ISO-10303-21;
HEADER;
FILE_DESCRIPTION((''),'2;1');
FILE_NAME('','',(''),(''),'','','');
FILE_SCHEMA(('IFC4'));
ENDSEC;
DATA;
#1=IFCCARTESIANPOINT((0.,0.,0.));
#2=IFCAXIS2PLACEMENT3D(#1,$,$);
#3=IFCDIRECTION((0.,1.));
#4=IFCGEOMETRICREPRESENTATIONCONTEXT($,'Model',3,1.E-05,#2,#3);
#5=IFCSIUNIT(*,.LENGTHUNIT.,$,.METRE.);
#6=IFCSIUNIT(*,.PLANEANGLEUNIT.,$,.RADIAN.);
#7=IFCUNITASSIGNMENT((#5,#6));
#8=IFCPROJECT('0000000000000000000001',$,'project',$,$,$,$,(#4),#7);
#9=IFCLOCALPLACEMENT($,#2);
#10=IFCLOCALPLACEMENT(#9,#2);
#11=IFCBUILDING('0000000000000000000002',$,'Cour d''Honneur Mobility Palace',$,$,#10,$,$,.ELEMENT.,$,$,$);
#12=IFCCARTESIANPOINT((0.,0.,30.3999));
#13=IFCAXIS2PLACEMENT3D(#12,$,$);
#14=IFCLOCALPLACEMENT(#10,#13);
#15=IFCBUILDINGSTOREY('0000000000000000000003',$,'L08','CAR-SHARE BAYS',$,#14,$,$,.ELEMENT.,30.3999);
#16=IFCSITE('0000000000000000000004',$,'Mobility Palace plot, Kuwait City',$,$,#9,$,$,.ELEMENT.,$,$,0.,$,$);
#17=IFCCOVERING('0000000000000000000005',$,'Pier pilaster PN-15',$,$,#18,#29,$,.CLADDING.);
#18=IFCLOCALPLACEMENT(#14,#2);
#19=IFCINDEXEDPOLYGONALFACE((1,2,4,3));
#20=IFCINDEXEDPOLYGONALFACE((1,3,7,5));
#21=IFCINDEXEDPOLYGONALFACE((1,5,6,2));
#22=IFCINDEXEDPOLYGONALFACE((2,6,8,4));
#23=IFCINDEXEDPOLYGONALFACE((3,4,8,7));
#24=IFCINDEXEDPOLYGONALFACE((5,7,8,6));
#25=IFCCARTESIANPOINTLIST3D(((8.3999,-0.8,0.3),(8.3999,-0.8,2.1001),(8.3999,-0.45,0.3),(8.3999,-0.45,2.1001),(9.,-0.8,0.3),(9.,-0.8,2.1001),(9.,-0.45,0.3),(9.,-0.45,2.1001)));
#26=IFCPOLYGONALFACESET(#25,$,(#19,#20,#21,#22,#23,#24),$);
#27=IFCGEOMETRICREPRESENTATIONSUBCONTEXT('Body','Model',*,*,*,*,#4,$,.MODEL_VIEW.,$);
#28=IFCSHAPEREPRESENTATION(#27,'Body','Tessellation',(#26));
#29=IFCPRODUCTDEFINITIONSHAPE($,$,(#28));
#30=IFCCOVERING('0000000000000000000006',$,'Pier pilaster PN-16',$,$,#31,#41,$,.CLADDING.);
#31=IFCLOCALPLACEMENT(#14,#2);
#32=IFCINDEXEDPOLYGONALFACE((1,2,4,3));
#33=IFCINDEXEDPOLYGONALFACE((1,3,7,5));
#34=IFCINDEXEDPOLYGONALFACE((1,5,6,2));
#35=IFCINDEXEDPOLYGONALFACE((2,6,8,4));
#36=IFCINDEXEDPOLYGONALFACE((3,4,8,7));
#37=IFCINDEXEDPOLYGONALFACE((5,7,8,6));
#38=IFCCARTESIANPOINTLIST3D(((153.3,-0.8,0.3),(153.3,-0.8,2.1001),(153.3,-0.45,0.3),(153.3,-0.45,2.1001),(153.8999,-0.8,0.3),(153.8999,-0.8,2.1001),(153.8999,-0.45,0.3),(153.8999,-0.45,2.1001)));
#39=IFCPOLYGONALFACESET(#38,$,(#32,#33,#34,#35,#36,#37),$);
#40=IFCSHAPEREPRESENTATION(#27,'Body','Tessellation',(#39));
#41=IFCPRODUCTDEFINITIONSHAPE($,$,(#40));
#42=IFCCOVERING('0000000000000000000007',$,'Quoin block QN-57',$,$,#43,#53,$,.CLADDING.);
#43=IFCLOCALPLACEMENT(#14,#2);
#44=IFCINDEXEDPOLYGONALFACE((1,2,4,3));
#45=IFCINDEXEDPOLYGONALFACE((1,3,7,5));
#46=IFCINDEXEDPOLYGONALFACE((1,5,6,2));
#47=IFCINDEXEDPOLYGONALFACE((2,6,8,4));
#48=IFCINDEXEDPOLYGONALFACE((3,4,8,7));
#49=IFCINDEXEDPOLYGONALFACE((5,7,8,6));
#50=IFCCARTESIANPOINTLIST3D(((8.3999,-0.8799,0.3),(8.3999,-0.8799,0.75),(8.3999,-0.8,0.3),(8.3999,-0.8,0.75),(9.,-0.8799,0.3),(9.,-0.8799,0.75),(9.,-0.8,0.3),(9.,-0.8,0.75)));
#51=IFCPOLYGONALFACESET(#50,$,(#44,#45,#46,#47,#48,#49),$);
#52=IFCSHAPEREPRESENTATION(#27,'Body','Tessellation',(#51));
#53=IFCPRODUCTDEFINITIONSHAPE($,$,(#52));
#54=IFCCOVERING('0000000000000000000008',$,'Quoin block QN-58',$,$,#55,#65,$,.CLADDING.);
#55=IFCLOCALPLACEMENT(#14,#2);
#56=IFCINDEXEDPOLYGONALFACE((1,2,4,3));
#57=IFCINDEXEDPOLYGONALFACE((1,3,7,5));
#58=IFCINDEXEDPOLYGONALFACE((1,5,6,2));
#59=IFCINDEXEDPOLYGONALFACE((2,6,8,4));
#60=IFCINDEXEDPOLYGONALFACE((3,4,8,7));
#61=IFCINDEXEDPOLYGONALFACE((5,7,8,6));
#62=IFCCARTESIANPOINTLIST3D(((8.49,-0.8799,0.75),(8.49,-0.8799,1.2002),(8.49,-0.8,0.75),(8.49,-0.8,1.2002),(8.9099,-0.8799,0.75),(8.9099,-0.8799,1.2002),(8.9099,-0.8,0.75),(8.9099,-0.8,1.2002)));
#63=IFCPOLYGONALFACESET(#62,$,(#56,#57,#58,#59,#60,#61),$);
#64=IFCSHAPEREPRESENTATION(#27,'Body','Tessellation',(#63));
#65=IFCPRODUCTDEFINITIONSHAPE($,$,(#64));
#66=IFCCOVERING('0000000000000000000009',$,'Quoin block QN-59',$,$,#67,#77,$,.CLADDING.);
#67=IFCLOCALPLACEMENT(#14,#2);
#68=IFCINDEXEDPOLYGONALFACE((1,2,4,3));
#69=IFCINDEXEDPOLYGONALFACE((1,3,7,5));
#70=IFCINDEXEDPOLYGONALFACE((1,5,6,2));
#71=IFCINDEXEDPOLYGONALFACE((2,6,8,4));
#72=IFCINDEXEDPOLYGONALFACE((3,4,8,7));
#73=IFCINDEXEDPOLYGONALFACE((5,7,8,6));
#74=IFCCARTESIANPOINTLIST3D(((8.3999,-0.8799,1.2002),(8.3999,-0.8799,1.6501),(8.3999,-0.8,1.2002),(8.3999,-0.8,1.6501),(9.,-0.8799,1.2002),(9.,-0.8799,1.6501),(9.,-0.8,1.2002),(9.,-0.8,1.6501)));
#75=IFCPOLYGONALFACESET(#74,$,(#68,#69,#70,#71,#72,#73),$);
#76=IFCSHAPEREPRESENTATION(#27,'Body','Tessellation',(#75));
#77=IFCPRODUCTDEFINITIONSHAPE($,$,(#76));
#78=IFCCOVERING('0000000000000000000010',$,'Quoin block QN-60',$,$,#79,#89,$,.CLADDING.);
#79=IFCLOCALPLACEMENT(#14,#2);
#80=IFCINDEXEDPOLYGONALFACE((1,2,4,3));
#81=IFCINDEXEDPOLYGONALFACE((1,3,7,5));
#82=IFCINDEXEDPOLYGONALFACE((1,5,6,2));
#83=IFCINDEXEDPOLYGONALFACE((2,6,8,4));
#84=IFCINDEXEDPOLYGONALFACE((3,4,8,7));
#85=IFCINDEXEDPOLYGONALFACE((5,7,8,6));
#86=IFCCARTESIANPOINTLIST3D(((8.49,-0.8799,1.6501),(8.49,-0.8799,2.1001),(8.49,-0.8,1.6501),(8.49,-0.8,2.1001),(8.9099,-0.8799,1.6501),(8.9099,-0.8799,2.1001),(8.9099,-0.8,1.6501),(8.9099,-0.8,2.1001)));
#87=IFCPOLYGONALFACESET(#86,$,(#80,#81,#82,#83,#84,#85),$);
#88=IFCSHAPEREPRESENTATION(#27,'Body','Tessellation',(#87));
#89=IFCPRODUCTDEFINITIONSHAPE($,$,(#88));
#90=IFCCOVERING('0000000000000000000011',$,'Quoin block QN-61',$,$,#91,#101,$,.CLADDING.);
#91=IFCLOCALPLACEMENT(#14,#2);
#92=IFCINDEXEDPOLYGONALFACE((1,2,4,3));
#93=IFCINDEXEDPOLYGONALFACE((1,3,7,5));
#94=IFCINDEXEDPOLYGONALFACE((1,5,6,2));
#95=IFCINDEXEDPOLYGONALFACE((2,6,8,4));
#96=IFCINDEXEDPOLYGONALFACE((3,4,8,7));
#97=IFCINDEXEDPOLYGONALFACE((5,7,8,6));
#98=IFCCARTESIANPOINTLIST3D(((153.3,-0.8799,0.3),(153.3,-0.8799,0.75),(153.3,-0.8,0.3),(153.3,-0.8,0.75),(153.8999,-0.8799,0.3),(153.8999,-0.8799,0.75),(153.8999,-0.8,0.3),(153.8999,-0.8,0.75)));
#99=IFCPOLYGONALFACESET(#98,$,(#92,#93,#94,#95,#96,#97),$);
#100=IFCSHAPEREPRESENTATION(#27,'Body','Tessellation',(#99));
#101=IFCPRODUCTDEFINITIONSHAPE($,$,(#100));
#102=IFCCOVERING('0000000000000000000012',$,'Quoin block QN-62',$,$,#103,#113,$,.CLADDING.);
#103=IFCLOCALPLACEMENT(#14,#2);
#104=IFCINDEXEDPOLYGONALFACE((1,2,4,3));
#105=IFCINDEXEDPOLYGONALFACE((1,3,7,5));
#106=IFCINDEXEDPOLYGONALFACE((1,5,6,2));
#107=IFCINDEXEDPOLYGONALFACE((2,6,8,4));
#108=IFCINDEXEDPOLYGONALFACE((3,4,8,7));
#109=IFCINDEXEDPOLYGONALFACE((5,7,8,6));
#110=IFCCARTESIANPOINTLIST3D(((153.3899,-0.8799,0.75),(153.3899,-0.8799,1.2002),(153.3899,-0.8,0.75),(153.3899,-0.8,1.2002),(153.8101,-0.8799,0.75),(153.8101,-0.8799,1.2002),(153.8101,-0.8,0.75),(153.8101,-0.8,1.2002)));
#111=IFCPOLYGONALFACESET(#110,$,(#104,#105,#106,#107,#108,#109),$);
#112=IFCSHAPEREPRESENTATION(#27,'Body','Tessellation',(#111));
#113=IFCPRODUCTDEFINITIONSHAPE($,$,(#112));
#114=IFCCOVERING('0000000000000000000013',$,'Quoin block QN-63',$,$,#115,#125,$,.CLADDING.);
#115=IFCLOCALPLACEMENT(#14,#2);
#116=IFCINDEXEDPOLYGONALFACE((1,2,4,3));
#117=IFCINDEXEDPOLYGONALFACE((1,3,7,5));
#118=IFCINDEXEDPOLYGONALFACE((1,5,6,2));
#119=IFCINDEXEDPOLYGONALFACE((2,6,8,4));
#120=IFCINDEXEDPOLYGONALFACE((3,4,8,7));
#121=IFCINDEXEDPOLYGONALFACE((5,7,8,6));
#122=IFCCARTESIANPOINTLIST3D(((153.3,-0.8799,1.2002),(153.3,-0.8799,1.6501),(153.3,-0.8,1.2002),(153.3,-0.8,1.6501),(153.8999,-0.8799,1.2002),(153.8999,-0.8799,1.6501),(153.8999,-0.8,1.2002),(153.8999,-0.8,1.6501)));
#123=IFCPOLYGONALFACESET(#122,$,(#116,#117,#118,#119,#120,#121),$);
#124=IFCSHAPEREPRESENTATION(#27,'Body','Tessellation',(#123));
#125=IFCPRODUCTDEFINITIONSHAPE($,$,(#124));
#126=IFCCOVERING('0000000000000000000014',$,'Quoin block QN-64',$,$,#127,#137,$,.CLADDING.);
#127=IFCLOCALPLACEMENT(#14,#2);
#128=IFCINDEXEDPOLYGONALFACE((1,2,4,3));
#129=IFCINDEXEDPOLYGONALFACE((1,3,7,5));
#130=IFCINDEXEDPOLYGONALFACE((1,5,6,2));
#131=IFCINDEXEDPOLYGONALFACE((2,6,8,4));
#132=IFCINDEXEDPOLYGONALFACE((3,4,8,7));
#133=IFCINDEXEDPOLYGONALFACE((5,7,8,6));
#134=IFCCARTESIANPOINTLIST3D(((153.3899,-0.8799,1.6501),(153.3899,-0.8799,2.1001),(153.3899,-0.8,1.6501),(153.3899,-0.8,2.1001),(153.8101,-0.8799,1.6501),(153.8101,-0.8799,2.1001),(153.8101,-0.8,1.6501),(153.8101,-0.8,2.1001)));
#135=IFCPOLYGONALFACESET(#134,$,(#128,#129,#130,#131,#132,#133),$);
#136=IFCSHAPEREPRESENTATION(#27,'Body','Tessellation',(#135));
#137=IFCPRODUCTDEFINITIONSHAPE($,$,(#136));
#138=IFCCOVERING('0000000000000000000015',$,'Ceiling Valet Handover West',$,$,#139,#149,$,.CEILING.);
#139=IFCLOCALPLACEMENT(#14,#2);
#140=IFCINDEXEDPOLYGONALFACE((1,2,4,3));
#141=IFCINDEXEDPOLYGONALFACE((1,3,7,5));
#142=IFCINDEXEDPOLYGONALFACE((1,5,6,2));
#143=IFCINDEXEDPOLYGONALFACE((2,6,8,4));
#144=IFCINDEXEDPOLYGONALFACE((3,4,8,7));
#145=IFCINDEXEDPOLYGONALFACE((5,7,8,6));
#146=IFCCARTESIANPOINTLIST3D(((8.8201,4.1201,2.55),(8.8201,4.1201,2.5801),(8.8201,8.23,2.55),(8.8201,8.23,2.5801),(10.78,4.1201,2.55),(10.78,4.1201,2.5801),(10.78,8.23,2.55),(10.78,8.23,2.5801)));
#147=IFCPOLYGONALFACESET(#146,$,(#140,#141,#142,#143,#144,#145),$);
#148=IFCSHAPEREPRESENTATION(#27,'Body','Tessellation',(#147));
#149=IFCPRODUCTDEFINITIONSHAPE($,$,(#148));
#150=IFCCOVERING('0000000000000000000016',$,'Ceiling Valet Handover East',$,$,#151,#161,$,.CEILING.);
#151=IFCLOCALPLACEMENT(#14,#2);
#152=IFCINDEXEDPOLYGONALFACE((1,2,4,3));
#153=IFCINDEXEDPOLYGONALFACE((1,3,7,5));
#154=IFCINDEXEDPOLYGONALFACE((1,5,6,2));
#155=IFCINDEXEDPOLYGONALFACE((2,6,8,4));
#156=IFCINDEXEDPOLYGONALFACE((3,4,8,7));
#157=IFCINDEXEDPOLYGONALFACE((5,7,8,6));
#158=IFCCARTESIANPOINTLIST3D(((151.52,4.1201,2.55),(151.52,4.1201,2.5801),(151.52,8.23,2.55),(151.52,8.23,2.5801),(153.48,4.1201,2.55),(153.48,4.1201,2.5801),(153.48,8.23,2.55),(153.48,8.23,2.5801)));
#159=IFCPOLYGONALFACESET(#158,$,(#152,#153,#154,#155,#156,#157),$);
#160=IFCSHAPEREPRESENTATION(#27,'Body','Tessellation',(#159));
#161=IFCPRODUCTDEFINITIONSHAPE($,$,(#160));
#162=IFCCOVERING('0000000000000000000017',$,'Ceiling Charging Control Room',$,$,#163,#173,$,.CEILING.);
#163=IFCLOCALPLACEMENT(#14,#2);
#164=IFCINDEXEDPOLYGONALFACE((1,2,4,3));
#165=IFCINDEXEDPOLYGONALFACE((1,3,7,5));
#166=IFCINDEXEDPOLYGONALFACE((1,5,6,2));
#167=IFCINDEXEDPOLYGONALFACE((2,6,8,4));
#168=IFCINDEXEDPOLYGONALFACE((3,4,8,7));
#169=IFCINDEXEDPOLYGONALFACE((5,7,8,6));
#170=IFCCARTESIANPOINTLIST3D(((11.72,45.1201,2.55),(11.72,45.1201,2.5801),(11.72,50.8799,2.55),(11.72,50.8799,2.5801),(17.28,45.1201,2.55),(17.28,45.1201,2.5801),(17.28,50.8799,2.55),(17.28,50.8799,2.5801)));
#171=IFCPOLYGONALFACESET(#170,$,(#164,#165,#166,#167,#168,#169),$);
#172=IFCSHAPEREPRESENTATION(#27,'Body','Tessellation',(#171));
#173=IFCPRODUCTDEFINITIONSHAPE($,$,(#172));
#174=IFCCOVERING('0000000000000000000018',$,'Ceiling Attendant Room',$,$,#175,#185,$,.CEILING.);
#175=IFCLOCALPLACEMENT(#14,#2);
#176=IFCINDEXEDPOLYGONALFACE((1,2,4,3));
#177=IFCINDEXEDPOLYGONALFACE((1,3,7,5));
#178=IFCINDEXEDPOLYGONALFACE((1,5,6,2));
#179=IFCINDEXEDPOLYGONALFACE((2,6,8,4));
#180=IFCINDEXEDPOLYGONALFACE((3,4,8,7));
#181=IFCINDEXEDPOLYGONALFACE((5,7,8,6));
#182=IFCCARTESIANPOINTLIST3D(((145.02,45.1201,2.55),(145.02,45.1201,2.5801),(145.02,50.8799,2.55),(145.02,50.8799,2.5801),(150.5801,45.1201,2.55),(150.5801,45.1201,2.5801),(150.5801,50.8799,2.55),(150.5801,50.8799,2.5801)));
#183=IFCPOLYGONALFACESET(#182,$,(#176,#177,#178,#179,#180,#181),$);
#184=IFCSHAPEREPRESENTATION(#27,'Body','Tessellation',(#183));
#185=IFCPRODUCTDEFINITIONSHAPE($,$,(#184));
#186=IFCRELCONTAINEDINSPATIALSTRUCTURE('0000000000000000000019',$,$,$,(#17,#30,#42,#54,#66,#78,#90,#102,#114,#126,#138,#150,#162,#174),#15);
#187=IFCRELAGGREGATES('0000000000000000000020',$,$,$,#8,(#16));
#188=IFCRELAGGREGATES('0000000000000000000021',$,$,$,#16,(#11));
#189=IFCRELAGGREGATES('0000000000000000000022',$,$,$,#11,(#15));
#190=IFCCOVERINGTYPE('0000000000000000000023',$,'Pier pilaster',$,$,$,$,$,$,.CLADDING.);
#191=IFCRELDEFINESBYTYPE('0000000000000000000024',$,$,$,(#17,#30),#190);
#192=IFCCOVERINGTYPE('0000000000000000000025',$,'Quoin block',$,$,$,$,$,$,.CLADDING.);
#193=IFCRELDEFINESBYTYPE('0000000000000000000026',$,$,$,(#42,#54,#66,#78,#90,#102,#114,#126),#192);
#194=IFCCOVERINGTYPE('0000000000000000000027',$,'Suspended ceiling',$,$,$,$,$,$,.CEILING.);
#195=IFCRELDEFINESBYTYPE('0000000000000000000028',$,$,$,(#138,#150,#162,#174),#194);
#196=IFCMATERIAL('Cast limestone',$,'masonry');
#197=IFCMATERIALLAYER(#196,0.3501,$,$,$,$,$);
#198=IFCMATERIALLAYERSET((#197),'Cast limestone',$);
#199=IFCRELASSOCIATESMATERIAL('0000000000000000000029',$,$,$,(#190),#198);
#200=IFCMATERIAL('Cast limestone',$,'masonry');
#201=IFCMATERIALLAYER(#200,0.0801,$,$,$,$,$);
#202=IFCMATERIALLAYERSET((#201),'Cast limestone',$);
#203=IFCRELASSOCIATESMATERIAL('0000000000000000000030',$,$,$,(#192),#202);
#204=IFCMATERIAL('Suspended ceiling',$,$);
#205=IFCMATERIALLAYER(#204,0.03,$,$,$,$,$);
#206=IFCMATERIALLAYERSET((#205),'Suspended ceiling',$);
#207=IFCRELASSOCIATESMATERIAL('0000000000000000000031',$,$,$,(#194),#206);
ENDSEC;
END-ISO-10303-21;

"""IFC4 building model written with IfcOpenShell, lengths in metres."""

from ifc_helpers import new_model, si_unit, direction, frame, origin, place, context, subcontext, project, spatial, polyline, outline, extrude, material, layer, layer_set, type_object, element, save


model = new_model("IFC4")

# Units and contexts
model_context = context("Model", 3, precision=1e-05, world=origin(), true_north=direction((0.0, 1.0)))
body_context = subcontext(model_context, "Body", "Model", "MODEL_VIEW")
ifc_project = project(units=[si_unit("LENGTHUNIT", "METRE"), si_unit("PLANEANGLEUNIT", "RADIAN")], contexts=[model_context])

# Site, building, storey
site_placement = place(None, origin())
site = spatial("IfcSite", under=ifc_project, at=site_placement, Name="Mobility Palace plot, Kuwait City", CompositionType="ELEMENT", RefElevation=0.0)
building_placement = place(site_placement, origin())
building = spatial("IfcBuilding", under=site, at=building_placement, Name="Cour d'Honneur Mobility Palace", CompositionType="ELEMENT")
storey_placement = place(building_placement, frame((0.0, 0.0, 30.3999)))
storey = spatial("IfcBuildingStorey", under=building, at=storey_placement, Name="L08", Description="CAR-SHARE BAYS", CompositionType="ELEMENT", Elevation=30.3999)

# Coverings
ifc_material_1 = material(Name="Cast limestone", Category="masonry")
ifc_layer_1 = layer(ifc_material_1, 0.3501)
ifc_layer_set_1 = layer_set([ifc_layer_1], Name="Cast limestone")
covering_type_1 = type_object("IfcCoveringType", Name="Pier pilaster", PredefinedType="CLADDING", material=ifc_layer_set_1)
covering_1_placement = place(storey_placement, frame((0.0, 0.0, 0.3)))
element("IfcCovering", 1, at=covering_1_placement, inside=storey, type_object=covering_type_1, Name="Pier pilaster PN-15", PredefinedType="CLADDING", context=body_context, shape_type="SweptSolid", body=[
    extrude(outline(polyline([(8.3999, -0.45), (9.0, -0.45), (9.0, -0.8), (8.3999, -0.8), (8.3999, -0.45)])), origin(), (0.0, 0.0, 1.0), 1.8),
])
covering_2_placement = place(storey_placement, frame((0.0, 0.0, 0.3)))
element("IfcCovering", 2, at=covering_2_placement, inside=storey, type_object=covering_type_1, Name="Pier pilaster PN-16", PredefinedType="CLADDING", context=body_context, shape_type="SweptSolid", body=[
    extrude(outline(polyline([(153.3, -0.45), (153.8999, -0.45), (153.8999, -0.8), (153.3, -0.8), (153.3, -0.45)])), origin(), (0.0, 0.0, 1.0), 1.8),
])
ifc_material_2 = material(Name="Cast limestone", Category="masonry")
ifc_layer_2 = layer(ifc_material_2, 0.0801)
ifc_layer_set_2 = layer_set([ifc_layer_2], Name="Cast limestone")
covering_type_2 = type_object("IfcCoveringType", Name="Quoin block", PredefinedType="CLADDING", material=ifc_layer_set_2)
covering_3_placement = place(storey_placement, frame((0.0, 0.0, 0.3)))
element("IfcCovering", 3, at=covering_3_placement, inside=storey, type_object=covering_type_2, Name="Quoin block QN-57", PredefinedType="CLADDING", context=body_context, shape_type="SweptSolid", body=[
    extrude(outline(polyline([(8.3999, -0.8), (9.0, -0.8), (9.0, -0.8799), (8.3999, -0.8799), (8.3999, -0.8)])), origin(), (0.0, 0.0, 1.0), 0.45),
])
covering_4_placement = place(storey_placement, frame((0.0, 0.0, 0.75)))
element("IfcCovering", 4, at=covering_4_placement, inside=storey, type_object=covering_type_2, Name="Quoin block QN-58", PredefinedType="CLADDING", context=body_context, shape_type="SweptSolid", body=[
    extrude(outline(polyline([(8.49, -0.8), (8.9099, -0.8), (8.9099, -0.8799), (8.49, -0.8799), (8.49, -0.8)])), origin(), (0.0, 0.0, 1.0), 0.4502),
])
covering_5_placement = place(storey_placement, frame((0.0, 0.0, 1.2002)))
element("IfcCovering", 5, at=covering_5_placement, inside=storey, type_object=covering_type_2, Name="Quoin block QN-59", PredefinedType="CLADDING", context=body_context, shape_type="SweptSolid", body=[
    extrude(outline(polyline([(8.3999, -0.8), (9.0, -0.8), (9.0, -0.8799), (8.3999, -0.8799), (8.3999, -0.8)])), origin(), (0.0, 0.0, 1.0), 0.45),
])
covering_6_placement = place(storey_placement, frame((0.0, 0.0, 1.6501)))
element("IfcCovering", 6, at=covering_6_placement, inside=storey, type_object=covering_type_2, Name="Quoin block QN-60", PredefinedType="CLADDING", context=body_context, shape_type="SweptSolid", body=[
    extrude(outline(polyline([(8.49, -0.8), (8.9099, -0.8), (8.9099, -0.8799), (8.49, -0.8799), (8.49, -0.8)])), origin(), (0.0, 0.0, 1.0), 0.45),
])
covering_7_placement = place(storey_placement, frame((0.0, 0.0, 0.3)))
element("IfcCovering", 7, at=covering_7_placement, inside=storey, type_object=covering_type_2, Name="Quoin block QN-61", PredefinedType="CLADDING", context=body_context, shape_type="SweptSolid", body=[
    extrude(outline(polyline([(153.3, -0.8), (153.8999, -0.8), (153.8999, -0.8799), (153.3, -0.8799), (153.3, -0.8)])), origin(), (0.0, 0.0, 1.0), 0.45),
])
covering_8_placement = place(storey_placement, frame((0.0, 0.0, 0.75)))
element("IfcCovering", 8, at=covering_8_placement, inside=storey, type_object=covering_type_2, Name="Quoin block QN-62", PredefinedType="CLADDING", context=body_context, shape_type="SweptSolid", body=[
    extrude(outline(polyline([(153.3899, -0.8), (153.8101, -0.8), (153.8101, -0.8799), (153.3899, -0.8799), (153.3899, -0.8)])), origin(), (0.0, 0.0, 1.0), 0.4502),
])
covering_9_placement = place(storey_placement, frame((0.0, 0.0, 1.2002)))
element("IfcCovering", 9, at=covering_9_placement, inside=storey, type_object=covering_type_2, Name="Quoin block QN-63", PredefinedType="CLADDING", context=body_context, shape_type="SweptSolid", body=[
    extrude(outline(polyline([(153.3, -0.8), (153.8999, -0.8), (153.8999, -0.8799), (153.3, -0.8799), (153.3, -0.8)])), origin(), (0.0, 0.0, 1.0), 0.45),
])
covering_10_placement = place(storey_placement, frame((0.0, 0.0, 1.6501)))
element("IfcCovering", 10, at=covering_10_placement, inside=storey, type_object=covering_type_2, Name="Quoin block QN-64", PredefinedType="CLADDING", context=body_context, shape_type="SweptSolid", body=[
    extrude(outline(polyline([(153.3899, -0.8), (153.8101, -0.8), (153.8101, -0.8799), (153.3899, -0.8799), (153.3899, -0.8)])), origin(), (0.0, 0.0, 1.0), 0.45),
])
ifc_material_3 = material(Name="Suspended ceiling")
ifc_layer_3 = layer(ifc_material_3, 0.03)
ifc_layer_set_3 = layer_set([ifc_layer_3], Name="Suspended ceiling")
covering_type_3 = type_object("IfcCoveringType", Name="Suspended ceiling", PredefinedType="CEILING", material=ifc_layer_set_3)
covering_11_placement = place(storey_placement, frame((0.0, 0.0, 2.55)))
element("IfcCovering", 11, at=covering_11_placement, inside=storey, type_object=covering_type_3, Name="Ceiling Valet Handover West", PredefinedType="CEILING", context=body_context, shape_type="SweptSolid", body=[
    extrude(outline(polyline([(10.78, 4.1201), (8.8201, 4.1201), (8.8201, 8.23), (10.78, 8.23), (10.78, 4.1201)])), origin(), (0.0, 0.0, 1.0), 0.03),
])
covering_12_placement = place(storey_placement, frame((0.0, 0.0, 2.55)))
element("IfcCovering", 12, at=covering_12_placement, inside=storey, type_object=covering_type_3, Name="Ceiling Valet Handover East", PredefinedType="CEILING", context=body_context, shape_type="SweptSolid", body=[
    extrude(outline(polyline([(153.48, 4.1201), (151.52, 4.1201), (151.52, 8.23), (153.48, 8.23), (153.48, 4.1201)])), origin(), (0.0, 0.0, 1.0), 0.03),
])
covering_13_placement = place(storey_placement, frame((0.0, 0.0, 2.55)))
element("IfcCovering", 13, at=covering_13_placement, inside=storey, type_object=covering_type_3, Name="Ceiling Charging Control Room", PredefinedType="CEILING", context=body_context, shape_type="SweptSolid", body=[
    extrude(outline(polyline([(17.28, 45.1201), (11.72, 45.1201), (11.72, 50.8799), (17.28, 50.8799), (17.28, 45.1201)])), origin(), (0.0, 0.0, 1.0), 0.03),
])
covering_14_placement = place(storey_placement, frame((0.0, 0.0, 2.55)))
element("IfcCovering", 14, at=covering_14_placement, inside=storey, type_object=covering_type_3, Name="Ceiling Attendant Room", PredefinedType="CEILING", context=body_context, shape_type="SweptSolid", body=[
    extrude(outline(polyline([(150.5801, 45.1201), (145.02, 45.1201), (145.02, 50.8799), (150.5801, 50.8799), (150.5801, 45.1201)])), origin(), (0.0, 0.0, 1.0), 0.03),
])

save(model, "model.ifc")
